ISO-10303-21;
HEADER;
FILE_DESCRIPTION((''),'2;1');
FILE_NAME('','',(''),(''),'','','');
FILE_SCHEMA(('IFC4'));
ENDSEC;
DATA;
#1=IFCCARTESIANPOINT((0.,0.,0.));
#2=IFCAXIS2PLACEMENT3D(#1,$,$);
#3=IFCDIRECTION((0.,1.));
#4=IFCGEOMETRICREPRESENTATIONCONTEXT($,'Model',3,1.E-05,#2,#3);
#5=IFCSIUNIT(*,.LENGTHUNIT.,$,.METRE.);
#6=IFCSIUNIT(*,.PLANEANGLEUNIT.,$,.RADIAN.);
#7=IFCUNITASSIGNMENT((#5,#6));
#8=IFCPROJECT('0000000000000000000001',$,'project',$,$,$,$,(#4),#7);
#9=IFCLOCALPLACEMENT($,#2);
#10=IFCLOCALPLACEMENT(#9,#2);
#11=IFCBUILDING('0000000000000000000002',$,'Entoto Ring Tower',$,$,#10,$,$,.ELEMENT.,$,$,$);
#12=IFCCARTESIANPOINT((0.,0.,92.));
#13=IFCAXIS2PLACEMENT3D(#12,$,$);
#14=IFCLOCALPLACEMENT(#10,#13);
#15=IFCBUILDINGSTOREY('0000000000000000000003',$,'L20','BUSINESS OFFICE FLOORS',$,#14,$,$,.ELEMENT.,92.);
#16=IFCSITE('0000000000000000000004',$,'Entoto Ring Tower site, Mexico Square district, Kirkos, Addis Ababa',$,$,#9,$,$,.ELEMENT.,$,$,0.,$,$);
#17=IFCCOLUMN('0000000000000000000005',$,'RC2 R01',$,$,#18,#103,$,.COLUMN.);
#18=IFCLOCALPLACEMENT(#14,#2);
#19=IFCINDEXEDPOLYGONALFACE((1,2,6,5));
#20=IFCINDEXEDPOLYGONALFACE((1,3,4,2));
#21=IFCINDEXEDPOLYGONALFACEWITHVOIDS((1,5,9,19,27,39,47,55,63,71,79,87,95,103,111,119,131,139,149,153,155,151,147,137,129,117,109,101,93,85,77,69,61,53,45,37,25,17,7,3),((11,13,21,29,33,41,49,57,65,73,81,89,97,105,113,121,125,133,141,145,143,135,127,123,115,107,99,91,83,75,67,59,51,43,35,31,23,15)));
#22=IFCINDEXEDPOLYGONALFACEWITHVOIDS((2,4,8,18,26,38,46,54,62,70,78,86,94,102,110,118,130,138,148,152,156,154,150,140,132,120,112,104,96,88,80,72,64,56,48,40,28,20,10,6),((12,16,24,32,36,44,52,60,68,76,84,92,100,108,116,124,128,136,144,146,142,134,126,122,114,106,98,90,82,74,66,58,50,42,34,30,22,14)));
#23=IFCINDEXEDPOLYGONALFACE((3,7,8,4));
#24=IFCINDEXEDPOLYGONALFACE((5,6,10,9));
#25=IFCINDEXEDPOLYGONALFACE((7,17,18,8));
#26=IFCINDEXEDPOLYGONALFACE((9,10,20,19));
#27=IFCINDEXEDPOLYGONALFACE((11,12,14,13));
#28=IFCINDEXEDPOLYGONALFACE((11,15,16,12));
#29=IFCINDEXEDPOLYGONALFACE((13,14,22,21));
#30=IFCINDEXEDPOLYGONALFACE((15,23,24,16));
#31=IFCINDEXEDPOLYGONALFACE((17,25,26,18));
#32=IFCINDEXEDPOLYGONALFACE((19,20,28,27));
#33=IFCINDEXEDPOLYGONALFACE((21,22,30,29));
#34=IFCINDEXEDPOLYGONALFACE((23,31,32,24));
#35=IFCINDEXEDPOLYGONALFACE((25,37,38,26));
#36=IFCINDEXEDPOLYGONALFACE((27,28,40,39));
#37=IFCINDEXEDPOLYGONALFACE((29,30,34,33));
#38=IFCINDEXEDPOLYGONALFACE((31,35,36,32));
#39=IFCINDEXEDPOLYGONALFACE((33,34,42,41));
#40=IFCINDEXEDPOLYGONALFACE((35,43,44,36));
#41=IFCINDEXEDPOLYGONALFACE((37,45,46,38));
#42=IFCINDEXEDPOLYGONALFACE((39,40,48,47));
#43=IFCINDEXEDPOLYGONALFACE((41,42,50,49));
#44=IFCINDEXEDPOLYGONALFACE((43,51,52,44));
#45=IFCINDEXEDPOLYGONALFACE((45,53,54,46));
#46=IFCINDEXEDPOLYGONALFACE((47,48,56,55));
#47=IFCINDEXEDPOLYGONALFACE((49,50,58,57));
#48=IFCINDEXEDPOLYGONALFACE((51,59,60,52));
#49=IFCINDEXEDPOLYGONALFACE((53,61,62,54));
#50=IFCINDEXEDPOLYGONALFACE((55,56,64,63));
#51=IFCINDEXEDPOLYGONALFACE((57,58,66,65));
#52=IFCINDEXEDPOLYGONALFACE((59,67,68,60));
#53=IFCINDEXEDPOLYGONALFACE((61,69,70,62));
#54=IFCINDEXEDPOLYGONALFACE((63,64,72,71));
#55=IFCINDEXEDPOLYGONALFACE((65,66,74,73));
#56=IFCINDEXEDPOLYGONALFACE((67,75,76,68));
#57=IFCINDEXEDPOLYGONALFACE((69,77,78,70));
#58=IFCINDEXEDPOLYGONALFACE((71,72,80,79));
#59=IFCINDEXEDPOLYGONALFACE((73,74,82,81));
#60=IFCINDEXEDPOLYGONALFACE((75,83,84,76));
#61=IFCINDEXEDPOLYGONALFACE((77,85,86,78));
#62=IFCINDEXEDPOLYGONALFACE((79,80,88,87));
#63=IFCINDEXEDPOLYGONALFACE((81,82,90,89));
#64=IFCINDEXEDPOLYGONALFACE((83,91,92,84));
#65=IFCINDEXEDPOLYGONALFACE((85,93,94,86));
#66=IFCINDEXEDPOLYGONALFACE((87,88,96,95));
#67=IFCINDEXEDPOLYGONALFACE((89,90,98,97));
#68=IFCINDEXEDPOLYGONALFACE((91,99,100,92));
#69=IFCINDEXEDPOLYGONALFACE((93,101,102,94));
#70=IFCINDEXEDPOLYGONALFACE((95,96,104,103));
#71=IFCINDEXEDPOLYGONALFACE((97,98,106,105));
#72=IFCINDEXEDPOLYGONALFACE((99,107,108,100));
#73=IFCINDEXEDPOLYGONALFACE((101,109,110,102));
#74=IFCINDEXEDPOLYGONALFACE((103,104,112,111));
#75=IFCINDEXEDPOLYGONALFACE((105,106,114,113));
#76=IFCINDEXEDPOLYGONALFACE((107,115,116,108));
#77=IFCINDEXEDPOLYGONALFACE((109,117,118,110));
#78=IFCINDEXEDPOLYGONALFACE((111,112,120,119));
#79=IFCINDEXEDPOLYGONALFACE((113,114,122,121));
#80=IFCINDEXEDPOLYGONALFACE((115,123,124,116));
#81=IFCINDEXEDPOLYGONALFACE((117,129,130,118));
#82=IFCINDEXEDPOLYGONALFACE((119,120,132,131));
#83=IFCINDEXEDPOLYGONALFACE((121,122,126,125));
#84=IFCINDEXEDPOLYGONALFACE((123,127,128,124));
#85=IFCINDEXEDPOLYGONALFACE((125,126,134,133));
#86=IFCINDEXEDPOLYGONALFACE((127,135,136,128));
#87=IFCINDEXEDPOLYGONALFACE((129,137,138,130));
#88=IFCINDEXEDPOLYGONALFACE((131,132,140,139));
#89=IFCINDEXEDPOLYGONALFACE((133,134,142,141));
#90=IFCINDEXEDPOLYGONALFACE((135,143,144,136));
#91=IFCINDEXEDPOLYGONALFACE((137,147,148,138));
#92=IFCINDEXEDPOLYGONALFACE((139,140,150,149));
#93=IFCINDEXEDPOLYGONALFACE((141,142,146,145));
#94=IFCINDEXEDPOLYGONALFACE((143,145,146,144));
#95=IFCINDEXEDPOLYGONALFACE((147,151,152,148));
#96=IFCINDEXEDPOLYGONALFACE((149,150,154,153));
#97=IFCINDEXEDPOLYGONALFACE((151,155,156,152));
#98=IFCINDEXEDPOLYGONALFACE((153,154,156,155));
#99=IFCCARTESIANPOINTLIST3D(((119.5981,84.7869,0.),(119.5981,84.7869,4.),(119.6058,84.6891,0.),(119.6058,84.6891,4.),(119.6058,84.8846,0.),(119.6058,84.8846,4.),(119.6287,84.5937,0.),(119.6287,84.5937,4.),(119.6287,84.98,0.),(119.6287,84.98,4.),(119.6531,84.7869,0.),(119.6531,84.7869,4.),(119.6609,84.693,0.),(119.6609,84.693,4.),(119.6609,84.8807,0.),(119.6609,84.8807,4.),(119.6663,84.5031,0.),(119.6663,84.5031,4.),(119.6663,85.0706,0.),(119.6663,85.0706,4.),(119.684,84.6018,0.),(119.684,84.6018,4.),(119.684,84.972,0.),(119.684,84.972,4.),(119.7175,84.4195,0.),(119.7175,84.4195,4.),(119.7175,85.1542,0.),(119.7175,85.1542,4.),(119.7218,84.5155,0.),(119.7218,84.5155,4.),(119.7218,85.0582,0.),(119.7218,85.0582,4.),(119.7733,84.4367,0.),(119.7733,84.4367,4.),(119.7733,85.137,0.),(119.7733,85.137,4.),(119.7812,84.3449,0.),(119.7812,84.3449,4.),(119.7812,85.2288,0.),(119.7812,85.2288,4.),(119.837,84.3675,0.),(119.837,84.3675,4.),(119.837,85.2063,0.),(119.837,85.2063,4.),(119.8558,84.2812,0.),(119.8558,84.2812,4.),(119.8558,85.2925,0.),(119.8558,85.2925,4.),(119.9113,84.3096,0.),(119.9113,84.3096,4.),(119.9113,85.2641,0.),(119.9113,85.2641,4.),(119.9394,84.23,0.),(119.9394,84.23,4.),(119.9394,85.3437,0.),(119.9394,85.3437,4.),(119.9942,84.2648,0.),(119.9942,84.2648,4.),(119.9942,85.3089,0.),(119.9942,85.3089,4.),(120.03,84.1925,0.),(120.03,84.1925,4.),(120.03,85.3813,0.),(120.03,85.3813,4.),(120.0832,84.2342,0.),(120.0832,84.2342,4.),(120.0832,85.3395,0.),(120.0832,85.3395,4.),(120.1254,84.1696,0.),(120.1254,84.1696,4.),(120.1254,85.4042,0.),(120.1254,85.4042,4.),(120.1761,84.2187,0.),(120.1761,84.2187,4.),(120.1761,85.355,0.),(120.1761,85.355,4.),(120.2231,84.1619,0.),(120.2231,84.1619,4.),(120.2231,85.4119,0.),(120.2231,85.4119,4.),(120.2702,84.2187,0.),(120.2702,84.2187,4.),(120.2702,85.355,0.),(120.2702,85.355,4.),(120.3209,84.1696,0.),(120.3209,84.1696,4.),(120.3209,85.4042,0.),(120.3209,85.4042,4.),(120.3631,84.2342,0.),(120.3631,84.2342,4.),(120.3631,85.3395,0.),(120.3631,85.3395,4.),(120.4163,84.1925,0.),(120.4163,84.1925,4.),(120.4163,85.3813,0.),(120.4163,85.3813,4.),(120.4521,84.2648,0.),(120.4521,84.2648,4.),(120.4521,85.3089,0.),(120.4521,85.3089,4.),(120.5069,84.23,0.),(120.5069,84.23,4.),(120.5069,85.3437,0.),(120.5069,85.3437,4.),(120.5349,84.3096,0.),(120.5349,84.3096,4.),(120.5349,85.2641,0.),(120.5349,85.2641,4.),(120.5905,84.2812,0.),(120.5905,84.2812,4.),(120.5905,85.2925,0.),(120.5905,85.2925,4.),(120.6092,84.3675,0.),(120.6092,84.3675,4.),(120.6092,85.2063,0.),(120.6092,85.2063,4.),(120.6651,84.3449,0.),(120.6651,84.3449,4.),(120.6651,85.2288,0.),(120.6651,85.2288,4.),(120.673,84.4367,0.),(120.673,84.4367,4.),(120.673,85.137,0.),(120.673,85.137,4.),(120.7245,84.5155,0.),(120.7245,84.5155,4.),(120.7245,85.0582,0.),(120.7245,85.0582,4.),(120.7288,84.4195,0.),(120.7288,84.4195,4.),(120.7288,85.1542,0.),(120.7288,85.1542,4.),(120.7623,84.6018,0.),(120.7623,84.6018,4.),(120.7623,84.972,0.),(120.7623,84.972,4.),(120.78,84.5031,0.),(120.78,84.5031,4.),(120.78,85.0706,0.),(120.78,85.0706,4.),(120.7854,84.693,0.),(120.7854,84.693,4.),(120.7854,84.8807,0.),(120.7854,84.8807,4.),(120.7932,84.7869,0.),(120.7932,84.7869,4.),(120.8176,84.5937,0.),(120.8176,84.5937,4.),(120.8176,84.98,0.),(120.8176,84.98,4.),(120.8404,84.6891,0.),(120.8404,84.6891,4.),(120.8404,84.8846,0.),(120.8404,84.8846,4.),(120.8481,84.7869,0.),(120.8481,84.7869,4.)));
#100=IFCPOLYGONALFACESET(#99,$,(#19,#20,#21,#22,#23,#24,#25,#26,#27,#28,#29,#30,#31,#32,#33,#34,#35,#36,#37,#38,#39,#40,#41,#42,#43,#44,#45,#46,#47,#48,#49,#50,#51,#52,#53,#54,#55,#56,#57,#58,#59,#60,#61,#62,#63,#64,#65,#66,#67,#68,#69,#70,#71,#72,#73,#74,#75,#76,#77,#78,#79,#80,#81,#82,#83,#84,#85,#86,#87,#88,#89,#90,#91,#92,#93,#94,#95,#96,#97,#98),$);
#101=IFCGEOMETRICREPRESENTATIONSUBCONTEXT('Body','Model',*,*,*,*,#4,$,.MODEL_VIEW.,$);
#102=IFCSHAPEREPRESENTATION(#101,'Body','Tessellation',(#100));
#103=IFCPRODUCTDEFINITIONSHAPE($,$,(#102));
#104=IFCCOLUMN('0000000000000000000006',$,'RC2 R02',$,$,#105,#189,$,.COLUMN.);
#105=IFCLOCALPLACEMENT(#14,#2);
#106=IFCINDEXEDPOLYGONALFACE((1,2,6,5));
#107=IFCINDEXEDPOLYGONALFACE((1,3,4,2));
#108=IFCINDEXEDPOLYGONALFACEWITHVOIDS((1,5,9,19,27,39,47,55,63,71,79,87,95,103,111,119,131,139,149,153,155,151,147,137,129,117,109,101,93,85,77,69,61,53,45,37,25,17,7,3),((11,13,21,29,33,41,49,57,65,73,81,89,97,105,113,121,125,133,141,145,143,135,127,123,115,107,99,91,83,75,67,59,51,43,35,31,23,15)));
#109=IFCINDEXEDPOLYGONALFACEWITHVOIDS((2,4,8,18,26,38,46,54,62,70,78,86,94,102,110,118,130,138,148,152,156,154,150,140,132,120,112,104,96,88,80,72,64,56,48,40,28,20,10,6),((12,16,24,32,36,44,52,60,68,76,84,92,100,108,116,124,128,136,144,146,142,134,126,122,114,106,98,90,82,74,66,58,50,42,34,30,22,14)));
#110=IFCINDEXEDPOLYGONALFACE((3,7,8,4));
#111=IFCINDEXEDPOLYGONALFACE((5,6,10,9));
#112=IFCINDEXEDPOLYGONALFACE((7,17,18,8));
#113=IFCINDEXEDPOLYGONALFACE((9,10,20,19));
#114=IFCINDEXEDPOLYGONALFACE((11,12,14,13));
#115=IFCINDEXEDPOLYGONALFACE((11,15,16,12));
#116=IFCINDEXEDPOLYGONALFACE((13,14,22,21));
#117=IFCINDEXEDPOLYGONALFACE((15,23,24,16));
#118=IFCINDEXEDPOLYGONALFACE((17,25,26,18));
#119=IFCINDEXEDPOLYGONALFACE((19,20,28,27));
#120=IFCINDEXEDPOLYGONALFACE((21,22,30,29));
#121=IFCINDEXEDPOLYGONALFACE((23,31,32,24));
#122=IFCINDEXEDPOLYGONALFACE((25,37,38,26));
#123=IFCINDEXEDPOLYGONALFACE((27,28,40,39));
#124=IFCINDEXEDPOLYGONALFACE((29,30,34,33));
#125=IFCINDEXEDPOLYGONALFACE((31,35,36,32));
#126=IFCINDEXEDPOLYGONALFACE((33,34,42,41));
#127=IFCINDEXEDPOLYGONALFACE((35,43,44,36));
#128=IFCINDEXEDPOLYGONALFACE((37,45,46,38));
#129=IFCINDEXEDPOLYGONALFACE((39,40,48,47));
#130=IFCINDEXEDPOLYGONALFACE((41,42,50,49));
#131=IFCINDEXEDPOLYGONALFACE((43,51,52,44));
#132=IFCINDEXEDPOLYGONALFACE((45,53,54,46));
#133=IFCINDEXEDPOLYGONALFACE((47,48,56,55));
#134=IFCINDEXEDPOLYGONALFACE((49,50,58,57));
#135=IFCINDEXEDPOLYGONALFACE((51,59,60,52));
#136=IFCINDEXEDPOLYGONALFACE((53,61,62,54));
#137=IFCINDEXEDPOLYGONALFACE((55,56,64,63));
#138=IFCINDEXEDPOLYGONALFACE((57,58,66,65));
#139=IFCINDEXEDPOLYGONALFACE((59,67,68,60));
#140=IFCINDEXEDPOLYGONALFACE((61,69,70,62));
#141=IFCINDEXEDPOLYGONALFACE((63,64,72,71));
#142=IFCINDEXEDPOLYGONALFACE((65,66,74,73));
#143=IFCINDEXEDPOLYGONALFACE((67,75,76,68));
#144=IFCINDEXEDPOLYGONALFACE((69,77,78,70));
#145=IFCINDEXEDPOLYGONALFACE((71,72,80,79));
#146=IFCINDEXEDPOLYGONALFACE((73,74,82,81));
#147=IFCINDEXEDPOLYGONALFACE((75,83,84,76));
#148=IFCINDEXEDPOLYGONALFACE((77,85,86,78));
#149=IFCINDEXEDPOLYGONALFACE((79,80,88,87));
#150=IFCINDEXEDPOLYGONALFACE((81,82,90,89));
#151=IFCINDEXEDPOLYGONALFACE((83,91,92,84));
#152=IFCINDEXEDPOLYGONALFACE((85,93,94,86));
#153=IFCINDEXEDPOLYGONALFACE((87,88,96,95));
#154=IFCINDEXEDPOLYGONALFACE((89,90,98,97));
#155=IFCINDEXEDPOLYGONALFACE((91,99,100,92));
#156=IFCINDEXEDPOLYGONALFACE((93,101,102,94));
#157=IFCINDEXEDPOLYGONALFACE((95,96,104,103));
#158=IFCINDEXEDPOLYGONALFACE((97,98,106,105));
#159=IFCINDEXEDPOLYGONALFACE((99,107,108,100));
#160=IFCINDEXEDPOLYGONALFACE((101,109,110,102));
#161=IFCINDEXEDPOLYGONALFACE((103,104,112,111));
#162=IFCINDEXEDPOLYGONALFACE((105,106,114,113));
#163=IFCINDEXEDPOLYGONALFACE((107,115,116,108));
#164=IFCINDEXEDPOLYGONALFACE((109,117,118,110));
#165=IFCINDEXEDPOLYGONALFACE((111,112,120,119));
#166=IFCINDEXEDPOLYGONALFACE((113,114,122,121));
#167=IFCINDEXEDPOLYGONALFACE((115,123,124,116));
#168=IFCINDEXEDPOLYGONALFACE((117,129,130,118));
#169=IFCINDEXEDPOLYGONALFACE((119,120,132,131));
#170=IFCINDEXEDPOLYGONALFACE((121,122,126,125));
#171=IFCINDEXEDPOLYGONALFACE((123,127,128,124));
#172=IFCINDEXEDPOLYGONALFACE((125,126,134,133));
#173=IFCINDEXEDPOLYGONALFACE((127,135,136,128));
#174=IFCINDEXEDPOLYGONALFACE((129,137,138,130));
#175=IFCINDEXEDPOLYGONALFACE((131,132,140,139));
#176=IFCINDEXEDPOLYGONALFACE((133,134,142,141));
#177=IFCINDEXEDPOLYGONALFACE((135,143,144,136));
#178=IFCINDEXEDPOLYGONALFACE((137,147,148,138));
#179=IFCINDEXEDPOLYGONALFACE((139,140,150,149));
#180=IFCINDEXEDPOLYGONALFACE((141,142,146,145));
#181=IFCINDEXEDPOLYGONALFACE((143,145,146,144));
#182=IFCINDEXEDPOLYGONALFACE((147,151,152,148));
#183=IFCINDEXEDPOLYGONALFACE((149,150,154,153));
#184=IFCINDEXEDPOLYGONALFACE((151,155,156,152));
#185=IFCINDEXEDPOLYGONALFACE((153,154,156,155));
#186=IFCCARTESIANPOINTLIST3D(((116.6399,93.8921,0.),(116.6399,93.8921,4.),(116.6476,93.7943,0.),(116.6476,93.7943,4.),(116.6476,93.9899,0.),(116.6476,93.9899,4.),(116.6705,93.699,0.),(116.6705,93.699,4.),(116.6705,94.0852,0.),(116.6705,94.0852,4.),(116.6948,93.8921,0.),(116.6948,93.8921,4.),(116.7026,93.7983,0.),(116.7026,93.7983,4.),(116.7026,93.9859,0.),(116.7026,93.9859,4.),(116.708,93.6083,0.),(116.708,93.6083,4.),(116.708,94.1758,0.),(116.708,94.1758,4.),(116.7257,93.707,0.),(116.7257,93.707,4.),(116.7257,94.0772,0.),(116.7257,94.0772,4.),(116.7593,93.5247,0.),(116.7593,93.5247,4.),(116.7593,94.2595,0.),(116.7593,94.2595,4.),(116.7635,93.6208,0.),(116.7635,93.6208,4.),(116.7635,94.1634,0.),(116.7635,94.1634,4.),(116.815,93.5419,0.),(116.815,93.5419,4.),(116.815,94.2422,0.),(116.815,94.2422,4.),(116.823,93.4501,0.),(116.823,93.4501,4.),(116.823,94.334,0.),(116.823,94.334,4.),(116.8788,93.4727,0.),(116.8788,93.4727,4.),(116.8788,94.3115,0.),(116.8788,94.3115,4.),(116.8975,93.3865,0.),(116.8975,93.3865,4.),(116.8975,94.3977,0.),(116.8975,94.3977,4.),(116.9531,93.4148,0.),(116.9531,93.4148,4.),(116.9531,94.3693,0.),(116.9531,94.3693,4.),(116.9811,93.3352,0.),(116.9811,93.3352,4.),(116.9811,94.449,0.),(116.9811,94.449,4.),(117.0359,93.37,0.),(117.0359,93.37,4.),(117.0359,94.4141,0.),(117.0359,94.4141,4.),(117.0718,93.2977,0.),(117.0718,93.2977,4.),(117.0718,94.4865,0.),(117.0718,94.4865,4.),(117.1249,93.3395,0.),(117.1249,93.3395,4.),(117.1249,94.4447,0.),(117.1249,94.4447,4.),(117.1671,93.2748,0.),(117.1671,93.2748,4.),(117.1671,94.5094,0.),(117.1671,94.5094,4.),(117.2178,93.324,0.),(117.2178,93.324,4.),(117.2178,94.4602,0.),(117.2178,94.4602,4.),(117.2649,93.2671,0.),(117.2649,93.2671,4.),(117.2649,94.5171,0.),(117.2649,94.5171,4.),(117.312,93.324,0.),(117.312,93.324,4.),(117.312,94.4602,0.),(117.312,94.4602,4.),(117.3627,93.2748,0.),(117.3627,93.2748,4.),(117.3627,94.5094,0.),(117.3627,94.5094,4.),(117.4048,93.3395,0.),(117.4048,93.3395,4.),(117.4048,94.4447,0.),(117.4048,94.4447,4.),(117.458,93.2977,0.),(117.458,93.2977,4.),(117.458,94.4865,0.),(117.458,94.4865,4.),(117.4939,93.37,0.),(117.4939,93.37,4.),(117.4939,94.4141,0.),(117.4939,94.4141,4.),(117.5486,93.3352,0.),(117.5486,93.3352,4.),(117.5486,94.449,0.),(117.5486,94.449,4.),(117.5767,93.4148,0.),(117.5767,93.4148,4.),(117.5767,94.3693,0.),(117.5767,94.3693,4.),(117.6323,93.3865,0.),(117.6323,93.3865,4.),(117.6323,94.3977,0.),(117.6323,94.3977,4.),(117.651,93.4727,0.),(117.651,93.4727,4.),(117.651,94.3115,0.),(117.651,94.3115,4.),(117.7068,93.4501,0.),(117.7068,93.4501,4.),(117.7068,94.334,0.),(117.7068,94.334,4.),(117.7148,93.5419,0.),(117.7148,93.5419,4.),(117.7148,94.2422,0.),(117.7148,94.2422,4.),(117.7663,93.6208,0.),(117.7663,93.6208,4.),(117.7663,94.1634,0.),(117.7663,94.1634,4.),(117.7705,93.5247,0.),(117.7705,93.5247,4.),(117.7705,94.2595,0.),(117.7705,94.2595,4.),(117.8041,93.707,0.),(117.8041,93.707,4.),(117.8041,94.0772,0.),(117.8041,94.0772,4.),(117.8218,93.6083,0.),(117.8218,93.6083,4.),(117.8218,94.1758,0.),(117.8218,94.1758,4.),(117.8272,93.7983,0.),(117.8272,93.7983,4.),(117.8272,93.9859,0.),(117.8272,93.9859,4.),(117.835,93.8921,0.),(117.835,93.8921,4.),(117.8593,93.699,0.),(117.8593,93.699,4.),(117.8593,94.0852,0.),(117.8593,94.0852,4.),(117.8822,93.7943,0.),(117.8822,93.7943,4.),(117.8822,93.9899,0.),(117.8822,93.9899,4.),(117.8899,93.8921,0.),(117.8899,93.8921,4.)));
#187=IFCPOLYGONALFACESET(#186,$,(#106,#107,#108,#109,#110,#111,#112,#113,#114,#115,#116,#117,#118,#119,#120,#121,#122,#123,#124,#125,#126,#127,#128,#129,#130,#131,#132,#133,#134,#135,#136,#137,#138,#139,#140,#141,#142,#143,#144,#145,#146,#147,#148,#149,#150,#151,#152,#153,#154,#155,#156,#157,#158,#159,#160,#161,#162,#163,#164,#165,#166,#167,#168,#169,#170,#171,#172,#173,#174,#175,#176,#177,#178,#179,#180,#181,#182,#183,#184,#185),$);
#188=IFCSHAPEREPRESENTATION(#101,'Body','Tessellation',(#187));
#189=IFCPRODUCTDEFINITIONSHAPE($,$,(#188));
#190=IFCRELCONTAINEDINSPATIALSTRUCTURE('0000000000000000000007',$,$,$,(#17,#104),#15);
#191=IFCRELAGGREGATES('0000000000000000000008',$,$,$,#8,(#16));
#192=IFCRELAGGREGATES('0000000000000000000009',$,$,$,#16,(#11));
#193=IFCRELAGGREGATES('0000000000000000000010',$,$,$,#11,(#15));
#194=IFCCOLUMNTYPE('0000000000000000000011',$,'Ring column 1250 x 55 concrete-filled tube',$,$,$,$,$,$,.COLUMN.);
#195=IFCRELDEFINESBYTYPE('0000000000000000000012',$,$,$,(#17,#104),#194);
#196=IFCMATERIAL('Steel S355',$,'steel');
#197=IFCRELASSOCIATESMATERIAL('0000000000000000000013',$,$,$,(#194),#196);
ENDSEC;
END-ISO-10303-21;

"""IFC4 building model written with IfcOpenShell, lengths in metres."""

from ifc_helpers import new_model, si_unit, direction, frame, origin, origin_2d, place, context, subcontext, project, spatial, circle, hollow_circle, extrude, material, material_profile, profile_set, type_object, element, save


model = new_model("IFC4")

# Units and contexts
model_context = context("Model", 3, precision=1e-05, world=origin(), true_north=direction((0.0, 1.0)))
body_context = subcontext(model_context, "Body", "Model", "MODEL_VIEW")
ifc_project = project(units=[si_unit("LENGTHUNIT", "METRE"), si_unit("PLANEANGLEUNIT", "RADIAN")], contexts=[model_context])

# Site, building, storey
site_placement = place(None, origin())
site = spatial("IfcSite", under=ifc_project, at=site_placement, Name="Entoto Ring Tower site, Mexico Square district, Kirkos, Addis Ababa", CompositionType="ELEMENT", RefElevation=0.0)
building_placement = place(site_placement, origin())
building = spatial("IfcBuilding", under=site, at=building_placement, Name="Entoto Ring Tower", CompositionType="ELEMENT")
storey_placement = place(building_placement, frame((0.0, 0.0, 92.0)))
storey = spatial("IfcBuildingStorey", under=building, at=storey_placement, Name="L20", Description="BUSINESS OFFICE FLOORS", CompositionType="ELEMENT", Elevation=92.0)

# Columns
ifc_material_1 = material(Name="Steel S355", Category="steel")
ifc_material_profile_1 = material_profile(ifc_material_1, hollow_circle(Radius=0.625, WallThickness=0.0549, at=origin_2d()), Name="CHS 1250 x 55")
ifc_material_2 = material(Name="Concrete C60/75", Category="concrete")
ifc_material_profile_2 = material_profile(ifc_material_2, circle(Radius=0.5701, at=origin_2d()), Name="Concrete C60/75 infill")
ifc_profile_set_1 = profile_set([ifc_material_profile_1, ifc_material_profile_2], Name="Steel S355")
column_type = type_object("IfcColumnType", Name="Ring column 1250 x 55 concrete-filled tube", PredefinedType="COLUMN", material=ifc_profile_set_1)
for number, where, z_axis, x_axis, name in (
    (1, (120.2231, 84.7869, 0.0), (0.0, 0.0, 1.0), (1.0, 0.0, 0.0), "RC2 R01"),
    (2, (117.2649, 93.8921, 0.0), (0.0, 0.0, 1.0), (1.0, 0.0, 0.0), "RC2 R02"),
):
    element("IfcColumn", number, at=place(storey_placement, frame(where, z_axis=z_axis, x_axis=x_axis)), inside=storey, type_object=column_type, Name=name, PredefinedType="COLUMN", context=body_context, shape_type="SweptSolid", body=[
        extrude(hollow_circle(Radius=0.625, WallThickness=0.0549, at=origin_2d()), origin(), (0.0, 0.0, 1.0), 4.0),
    ])

save(model, "model.ifc")
